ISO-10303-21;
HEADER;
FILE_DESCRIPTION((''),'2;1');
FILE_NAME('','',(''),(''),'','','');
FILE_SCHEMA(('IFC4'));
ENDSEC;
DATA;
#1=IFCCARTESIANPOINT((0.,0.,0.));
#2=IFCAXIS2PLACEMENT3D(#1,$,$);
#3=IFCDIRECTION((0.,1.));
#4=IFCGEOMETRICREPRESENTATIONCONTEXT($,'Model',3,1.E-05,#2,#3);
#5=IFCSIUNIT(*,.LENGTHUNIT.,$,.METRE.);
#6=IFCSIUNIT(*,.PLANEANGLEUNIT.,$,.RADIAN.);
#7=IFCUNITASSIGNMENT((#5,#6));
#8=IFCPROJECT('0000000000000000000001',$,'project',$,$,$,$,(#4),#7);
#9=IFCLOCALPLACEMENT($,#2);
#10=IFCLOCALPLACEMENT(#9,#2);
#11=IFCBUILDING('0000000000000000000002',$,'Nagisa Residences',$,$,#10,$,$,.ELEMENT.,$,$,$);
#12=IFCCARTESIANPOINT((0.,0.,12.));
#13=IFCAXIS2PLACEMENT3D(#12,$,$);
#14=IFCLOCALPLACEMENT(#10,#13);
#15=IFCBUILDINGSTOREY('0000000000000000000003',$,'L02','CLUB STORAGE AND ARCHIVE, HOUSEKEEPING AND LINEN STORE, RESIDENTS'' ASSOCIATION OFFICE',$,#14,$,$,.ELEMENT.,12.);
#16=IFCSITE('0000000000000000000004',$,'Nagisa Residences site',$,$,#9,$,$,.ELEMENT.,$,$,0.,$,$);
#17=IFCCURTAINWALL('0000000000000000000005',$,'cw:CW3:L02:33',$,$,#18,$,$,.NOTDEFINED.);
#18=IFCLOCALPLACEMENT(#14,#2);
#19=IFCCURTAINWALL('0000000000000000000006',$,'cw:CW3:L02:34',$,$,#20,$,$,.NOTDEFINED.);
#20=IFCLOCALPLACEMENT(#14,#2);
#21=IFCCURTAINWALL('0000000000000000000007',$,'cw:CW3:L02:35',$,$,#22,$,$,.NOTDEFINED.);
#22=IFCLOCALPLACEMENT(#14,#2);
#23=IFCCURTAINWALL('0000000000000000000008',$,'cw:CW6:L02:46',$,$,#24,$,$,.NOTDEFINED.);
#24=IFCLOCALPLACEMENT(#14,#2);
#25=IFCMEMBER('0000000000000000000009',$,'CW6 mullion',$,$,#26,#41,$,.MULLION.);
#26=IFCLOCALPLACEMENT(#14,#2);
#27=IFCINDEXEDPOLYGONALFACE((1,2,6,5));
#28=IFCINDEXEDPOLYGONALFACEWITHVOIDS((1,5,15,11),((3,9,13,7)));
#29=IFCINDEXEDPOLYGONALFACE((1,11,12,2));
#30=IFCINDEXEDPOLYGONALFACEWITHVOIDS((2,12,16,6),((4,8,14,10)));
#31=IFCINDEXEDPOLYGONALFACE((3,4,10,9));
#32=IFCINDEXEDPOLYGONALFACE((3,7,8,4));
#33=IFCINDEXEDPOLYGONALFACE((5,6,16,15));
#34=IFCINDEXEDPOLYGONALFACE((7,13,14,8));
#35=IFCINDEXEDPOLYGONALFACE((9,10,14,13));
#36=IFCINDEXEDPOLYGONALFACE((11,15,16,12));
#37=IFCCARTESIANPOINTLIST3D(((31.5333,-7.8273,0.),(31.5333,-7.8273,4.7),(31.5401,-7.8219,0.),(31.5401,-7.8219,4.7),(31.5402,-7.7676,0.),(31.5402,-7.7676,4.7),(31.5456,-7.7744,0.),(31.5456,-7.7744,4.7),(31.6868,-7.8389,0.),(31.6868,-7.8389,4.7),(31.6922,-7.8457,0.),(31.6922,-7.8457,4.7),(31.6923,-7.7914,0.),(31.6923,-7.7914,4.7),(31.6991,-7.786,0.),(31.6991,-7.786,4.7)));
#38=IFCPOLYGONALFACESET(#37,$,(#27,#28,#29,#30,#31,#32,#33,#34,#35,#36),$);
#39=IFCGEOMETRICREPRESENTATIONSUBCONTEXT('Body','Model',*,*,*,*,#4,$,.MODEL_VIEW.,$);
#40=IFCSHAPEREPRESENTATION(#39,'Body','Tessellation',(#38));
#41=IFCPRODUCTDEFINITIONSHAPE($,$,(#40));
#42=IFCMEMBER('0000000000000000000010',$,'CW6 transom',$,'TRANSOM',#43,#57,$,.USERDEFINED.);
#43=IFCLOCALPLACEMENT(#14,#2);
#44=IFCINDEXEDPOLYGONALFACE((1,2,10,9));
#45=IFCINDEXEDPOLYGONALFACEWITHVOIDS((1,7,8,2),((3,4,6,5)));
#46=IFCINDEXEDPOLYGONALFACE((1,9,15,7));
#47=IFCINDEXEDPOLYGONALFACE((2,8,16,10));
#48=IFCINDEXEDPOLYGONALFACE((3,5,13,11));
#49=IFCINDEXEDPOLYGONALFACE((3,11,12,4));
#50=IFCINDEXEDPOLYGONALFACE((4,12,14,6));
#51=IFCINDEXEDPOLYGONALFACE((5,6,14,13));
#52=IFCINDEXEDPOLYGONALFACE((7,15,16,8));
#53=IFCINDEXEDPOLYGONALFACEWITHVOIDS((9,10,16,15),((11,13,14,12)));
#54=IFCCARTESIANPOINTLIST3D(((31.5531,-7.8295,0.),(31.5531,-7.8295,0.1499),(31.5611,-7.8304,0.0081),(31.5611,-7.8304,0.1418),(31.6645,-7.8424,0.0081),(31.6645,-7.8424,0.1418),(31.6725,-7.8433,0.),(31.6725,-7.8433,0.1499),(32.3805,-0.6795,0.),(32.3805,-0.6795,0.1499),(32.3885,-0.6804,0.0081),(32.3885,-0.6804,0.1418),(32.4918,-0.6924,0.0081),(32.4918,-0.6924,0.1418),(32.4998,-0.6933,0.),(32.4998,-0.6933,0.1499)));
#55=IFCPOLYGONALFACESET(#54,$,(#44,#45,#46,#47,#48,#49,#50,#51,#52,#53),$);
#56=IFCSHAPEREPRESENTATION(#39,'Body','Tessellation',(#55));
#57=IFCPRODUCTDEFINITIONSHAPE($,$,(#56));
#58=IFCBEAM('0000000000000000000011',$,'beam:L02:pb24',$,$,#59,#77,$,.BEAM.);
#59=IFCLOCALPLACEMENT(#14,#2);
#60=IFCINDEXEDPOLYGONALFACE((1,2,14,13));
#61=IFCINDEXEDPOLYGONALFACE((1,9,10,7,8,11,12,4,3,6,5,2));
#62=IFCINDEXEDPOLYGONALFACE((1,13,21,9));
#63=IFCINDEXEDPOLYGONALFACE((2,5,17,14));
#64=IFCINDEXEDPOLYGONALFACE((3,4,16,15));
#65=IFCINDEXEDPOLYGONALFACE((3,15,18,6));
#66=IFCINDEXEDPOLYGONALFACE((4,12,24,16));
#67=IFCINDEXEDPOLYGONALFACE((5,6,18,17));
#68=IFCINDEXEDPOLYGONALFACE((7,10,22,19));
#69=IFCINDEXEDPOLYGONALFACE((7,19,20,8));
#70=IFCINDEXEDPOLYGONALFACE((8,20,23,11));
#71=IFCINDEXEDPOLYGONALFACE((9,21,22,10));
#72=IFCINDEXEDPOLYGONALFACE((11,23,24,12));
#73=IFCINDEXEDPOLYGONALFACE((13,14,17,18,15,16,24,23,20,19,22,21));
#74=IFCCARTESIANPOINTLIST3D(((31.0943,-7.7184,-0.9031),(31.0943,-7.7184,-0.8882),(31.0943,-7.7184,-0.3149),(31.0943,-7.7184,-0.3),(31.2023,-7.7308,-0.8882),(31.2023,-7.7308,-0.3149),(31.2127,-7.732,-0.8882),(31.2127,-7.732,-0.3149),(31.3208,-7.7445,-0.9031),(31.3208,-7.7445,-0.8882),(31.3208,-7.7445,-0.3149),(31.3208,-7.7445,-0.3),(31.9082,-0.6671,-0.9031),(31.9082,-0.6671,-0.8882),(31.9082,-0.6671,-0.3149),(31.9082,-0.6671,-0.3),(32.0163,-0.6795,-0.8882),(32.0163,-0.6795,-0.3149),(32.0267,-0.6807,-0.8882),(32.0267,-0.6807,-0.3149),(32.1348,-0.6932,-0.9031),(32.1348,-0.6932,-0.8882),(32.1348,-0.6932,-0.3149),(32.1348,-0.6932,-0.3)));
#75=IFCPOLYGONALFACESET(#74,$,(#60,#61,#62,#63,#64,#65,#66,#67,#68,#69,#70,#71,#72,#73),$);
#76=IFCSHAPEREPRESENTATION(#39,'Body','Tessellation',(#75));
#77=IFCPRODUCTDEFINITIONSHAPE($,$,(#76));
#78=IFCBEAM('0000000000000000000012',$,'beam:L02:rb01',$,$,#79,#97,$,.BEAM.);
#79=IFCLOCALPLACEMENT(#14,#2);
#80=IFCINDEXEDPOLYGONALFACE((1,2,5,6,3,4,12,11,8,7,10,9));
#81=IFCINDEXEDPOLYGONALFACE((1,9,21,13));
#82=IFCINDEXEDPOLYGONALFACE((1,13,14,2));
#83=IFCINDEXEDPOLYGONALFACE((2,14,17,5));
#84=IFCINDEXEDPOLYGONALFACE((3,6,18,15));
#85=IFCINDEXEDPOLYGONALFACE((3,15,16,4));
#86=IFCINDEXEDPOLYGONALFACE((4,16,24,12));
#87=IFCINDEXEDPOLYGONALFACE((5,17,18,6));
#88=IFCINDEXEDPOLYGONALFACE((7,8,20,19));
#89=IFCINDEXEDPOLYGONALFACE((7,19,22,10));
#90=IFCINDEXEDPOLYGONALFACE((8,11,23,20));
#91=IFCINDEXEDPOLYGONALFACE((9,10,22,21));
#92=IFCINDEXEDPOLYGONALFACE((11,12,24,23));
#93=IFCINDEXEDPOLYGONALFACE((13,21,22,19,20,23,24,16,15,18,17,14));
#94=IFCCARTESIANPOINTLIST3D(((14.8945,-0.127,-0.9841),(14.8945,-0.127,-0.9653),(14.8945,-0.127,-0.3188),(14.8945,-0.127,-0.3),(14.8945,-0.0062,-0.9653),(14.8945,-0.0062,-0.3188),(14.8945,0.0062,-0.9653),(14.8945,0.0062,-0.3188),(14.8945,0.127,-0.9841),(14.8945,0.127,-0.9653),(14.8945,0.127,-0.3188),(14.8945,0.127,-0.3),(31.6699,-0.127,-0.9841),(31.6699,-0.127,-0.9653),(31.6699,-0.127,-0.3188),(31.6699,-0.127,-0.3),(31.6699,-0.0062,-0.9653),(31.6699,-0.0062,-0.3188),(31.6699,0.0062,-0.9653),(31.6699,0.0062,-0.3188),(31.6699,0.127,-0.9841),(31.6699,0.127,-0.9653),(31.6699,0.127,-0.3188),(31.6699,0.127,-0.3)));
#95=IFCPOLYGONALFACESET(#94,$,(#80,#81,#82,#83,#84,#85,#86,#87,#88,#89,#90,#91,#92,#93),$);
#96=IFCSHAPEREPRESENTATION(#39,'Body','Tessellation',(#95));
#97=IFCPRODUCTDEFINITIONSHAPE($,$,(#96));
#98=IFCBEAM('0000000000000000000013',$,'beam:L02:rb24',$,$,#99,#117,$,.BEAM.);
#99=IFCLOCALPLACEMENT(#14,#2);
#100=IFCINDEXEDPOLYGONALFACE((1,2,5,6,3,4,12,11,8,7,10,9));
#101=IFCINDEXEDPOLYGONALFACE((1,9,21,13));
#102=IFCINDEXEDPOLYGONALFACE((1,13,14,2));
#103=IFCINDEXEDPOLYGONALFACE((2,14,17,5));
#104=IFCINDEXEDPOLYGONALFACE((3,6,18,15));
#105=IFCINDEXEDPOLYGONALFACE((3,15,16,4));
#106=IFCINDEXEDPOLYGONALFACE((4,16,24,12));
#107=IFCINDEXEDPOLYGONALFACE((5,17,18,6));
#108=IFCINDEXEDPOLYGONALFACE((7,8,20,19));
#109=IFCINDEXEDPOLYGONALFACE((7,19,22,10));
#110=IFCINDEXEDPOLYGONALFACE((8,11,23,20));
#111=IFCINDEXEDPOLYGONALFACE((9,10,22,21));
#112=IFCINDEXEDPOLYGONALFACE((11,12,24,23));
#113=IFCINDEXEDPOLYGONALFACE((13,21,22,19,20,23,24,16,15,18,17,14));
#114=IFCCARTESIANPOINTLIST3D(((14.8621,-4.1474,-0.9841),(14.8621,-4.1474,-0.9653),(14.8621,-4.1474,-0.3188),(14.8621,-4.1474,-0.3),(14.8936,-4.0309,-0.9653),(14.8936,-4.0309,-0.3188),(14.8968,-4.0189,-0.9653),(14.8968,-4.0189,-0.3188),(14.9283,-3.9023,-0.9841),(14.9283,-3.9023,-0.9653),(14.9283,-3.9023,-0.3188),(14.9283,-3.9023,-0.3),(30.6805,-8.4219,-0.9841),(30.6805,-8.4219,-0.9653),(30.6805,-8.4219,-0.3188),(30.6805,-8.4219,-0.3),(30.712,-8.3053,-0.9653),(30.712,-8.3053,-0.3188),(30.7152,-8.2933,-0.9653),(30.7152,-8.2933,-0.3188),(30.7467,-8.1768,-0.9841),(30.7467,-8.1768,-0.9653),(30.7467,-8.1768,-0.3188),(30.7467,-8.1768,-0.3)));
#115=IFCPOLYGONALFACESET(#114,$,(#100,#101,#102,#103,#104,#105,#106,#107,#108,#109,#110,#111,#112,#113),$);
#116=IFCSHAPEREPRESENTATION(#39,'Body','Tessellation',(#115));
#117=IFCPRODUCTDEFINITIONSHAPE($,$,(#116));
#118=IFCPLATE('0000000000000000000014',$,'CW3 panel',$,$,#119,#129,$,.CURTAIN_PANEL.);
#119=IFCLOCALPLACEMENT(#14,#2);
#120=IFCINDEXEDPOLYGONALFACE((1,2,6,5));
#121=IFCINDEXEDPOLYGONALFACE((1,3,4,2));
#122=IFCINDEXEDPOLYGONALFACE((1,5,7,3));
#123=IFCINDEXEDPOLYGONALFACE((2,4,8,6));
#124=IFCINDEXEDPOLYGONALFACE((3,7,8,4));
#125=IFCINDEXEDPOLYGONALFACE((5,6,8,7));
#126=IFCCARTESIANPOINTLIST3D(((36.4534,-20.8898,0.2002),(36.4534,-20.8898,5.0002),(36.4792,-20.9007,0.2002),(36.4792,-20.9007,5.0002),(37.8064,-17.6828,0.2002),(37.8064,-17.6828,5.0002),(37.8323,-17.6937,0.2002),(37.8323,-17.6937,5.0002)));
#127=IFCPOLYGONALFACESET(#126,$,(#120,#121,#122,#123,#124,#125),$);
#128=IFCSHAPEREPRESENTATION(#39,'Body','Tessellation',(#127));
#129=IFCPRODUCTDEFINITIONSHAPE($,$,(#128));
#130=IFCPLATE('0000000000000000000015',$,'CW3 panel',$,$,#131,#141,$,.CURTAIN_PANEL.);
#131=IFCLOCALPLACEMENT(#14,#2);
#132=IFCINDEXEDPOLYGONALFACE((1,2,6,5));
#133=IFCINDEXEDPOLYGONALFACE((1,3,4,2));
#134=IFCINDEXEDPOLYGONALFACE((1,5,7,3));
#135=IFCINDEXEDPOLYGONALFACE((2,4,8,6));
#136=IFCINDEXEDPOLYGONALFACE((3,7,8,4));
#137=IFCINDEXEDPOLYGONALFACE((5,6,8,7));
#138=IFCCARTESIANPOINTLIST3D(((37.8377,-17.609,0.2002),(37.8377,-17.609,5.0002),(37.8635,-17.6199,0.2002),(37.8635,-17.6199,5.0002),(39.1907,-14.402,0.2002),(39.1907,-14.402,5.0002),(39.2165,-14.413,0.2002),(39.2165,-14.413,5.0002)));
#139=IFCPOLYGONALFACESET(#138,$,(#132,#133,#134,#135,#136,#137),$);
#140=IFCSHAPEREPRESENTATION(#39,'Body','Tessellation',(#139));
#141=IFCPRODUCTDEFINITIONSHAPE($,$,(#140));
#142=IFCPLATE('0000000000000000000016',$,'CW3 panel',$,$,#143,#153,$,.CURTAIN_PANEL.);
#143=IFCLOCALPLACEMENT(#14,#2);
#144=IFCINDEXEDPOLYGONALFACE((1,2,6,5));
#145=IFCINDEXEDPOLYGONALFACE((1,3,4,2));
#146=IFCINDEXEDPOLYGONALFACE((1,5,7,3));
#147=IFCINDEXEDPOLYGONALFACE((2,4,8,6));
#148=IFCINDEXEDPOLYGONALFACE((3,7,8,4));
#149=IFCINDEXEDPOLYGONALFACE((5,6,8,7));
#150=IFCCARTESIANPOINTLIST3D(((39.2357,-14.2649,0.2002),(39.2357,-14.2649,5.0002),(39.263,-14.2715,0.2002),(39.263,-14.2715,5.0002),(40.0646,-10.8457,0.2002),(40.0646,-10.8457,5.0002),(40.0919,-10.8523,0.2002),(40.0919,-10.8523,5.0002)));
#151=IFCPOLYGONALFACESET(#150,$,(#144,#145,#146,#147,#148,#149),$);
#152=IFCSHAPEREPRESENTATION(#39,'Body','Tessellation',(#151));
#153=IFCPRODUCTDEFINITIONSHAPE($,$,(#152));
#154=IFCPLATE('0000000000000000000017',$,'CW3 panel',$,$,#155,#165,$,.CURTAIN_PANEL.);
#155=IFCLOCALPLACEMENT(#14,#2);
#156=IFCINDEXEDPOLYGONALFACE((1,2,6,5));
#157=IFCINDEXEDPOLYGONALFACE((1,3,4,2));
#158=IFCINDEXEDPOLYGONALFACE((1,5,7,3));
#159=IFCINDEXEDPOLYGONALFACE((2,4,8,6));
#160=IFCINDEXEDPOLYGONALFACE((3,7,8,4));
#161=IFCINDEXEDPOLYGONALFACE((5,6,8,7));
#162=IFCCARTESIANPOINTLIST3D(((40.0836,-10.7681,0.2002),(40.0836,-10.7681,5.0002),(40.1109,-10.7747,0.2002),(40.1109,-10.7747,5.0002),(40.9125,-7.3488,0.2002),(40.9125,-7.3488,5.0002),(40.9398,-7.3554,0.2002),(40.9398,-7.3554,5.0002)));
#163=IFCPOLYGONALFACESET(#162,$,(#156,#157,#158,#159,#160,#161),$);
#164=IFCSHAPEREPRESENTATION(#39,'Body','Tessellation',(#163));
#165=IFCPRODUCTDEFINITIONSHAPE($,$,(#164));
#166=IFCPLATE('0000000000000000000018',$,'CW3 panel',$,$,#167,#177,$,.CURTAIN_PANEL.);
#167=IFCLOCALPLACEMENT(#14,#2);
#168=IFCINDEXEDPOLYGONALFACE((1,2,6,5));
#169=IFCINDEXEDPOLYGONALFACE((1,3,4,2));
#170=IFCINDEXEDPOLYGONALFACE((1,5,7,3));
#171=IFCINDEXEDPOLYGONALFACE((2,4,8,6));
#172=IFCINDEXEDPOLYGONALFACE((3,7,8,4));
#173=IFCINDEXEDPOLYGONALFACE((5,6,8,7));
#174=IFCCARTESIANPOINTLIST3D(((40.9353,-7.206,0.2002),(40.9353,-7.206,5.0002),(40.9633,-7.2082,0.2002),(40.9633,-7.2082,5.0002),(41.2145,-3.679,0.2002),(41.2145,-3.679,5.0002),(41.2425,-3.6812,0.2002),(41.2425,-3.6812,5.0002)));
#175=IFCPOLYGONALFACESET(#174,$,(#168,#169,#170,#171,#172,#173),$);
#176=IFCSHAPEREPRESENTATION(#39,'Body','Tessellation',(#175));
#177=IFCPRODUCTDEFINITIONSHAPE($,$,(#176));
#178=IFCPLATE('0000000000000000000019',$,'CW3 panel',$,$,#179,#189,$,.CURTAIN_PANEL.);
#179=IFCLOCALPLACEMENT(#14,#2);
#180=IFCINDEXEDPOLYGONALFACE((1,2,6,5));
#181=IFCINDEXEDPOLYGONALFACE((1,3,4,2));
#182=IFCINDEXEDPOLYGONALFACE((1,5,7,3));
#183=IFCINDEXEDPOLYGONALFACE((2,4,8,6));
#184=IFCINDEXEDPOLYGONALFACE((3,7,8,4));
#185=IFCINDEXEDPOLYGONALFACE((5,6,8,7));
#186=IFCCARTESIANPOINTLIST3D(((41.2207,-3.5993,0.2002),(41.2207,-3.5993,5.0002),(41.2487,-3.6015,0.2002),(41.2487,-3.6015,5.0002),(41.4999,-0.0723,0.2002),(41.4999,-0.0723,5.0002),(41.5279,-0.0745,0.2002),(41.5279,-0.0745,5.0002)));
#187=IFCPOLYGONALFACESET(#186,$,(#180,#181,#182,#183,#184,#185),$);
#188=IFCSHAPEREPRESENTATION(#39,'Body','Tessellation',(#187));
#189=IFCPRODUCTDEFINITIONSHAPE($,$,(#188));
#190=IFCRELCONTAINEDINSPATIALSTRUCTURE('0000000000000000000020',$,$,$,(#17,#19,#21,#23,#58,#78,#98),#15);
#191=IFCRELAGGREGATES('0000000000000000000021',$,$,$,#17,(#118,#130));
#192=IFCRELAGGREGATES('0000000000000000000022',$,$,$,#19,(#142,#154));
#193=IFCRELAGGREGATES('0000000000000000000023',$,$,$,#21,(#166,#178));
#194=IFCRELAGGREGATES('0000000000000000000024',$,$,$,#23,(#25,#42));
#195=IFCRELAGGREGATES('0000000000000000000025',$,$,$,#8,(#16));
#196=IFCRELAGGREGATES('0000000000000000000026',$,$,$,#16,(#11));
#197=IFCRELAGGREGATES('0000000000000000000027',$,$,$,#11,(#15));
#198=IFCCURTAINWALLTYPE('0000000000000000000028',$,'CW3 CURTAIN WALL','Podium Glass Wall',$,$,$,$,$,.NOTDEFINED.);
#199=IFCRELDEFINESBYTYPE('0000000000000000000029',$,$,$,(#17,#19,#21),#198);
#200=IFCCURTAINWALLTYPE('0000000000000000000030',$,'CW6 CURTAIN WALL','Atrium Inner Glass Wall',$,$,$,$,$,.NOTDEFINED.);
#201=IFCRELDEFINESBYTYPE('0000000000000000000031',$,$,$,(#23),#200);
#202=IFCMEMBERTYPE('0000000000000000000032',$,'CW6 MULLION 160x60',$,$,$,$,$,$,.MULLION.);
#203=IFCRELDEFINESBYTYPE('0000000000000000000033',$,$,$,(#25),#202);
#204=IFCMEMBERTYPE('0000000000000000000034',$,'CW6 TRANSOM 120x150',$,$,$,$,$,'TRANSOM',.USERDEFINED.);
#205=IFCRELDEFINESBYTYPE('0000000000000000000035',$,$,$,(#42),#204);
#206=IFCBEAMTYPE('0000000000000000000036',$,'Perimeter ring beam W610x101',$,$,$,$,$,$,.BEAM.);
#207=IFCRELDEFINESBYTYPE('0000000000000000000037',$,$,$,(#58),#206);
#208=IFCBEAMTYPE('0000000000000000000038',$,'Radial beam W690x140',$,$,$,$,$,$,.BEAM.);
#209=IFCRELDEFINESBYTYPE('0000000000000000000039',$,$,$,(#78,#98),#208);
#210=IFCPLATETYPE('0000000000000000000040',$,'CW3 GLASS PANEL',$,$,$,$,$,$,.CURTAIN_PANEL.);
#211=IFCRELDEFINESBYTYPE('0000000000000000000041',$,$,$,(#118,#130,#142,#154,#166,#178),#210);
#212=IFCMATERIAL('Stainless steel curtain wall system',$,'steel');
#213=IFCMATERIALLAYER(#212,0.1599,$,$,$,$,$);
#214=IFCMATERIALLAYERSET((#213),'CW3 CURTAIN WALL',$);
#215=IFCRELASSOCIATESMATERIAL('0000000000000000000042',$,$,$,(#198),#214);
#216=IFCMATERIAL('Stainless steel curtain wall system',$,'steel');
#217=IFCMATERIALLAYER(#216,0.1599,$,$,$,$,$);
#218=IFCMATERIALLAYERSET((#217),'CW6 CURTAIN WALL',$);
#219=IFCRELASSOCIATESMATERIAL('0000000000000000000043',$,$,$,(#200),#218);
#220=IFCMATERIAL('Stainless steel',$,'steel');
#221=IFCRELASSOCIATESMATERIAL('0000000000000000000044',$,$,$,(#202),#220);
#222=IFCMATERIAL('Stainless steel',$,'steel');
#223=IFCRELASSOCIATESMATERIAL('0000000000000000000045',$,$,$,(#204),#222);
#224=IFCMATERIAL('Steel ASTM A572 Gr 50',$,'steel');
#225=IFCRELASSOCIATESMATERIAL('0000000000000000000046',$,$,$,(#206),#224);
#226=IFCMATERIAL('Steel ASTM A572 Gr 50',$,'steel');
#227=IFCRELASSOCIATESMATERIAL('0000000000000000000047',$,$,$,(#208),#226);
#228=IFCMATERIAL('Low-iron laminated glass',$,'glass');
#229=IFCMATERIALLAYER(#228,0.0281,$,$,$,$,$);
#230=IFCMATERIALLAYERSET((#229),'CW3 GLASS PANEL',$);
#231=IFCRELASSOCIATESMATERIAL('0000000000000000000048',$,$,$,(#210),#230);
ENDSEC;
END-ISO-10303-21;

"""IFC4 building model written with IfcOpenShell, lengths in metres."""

from ifc_helpers import new_model, si_unit, direction, frame, origin, origin_2d, place, context, subcontext, project, spatial, rectangle, hollow_rectangle, i_section, extrude, material, layer, layer_set, material_profile, profile_set, type_object, element, aggregate, save


model = new_model("IFC4")

# Units and contexts
model_context = context("Model", 3, precision=1e-05, world=origin(), true_north=direction((0.0, 1.0)))
body_context = subcontext(model_context, "Body", "Model", "MODEL_VIEW")
ifc_project = project(units=[si_unit("LENGTHUNIT", "METRE"), si_unit("PLANEANGLEUNIT", "RADIAN")], contexts=[model_context])

# Site, building, storey
site_placement = place(None, origin())
site = spatial("IfcSite", under=ifc_project, at=site_placement, Name="Nagisa Residences site", CompositionType="ELEMENT", RefElevation=0.0)
building_placement = place(site_placement, origin())
building = spatial("IfcBuilding", under=site, at=building_placement, Name="Nagisa Residences", CompositionType="ELEMENT")
storey_placement = place(building_placement, frame((0.0, 0.0, 12.0)))
storey = spatial("IfcBuildingStorey", under=building, at=storey_placement, Name="L02", Description="CLUB STORAGE AND ARCHIVE, HOUSEKEEPING AND LINEN STORE, RESIDENTS' ASSOCIATION OFFICE", CompositionType="ELEMENT", Elevation=12.0)

# Shared definitions
ifc_material_1 = material(Name="Stainless steel curtain wall system", Category="steel")
ifc_layer_1 = layer(ifc_material_1, 0.1599)
ifc_layer_set_1 = layer_set([ifc_layer_1], Name="CW3 CURTAIN WALL")
curtain_wall_type_1 = type_object("IfcCurtainWallType", Name="CW3 CURTAIN WALL", Description="Podium Glass Wall", PredefinedType="NOTDEFINED", material=ifc_layer_set_1)

# Curtain walls
curtain_wall_1_placement = place(storey_placement, origin())
curtain_wall_1 = element("IfcCurtainWall", 1, at=curtain_wall_1_placement, inside=storey, type_object=curtain_wall_type_1, Name="cw:CW3:L02:33", PredefinedType="NOTDEFINED")
curtain_wall_2_placement = place(storey_placement, origin())
curtain_wall_2 = element("IfcCurtainWall", 2, at=curtain_wall_2_placement, inside=storey, type_object=curtain_wall_type_1, Name="cw:CW3:L02:34", PredefinedType="NOTDEFINED")
curtain_wall_3_placement = place(storey_placement, origin())
curtain_wall_3 = element("IfcCurtainWall", 3, at=curtain_wall_3_placement, inside=storey, type_object=curtain_wall_type_1, Name="cw:CW3:L02:35", PredefinedType="NOTDEFINED")

# Curtain wall, members
ifc_material_2 = material(Name="Stainless steel curtain wall system", Category="steel")
ifc_layer_2 = layer(ifc_material_2, 0.1599)
ifc_layer_set_2 = layer_set([ifc_layer_2], Name="CW6 CURTAIN WALL")
curtain_wall_type_2 = type_object("IfcCurtainWallType", Name="CW6 CURTAIN WALL", Description="Atrium Inner Glass Wall", PredefinedType="NOTDEFINED", material=ifc_layer_set_2)
curtain_wall_4_placement = place(storey_placement, origin())
curtain_wall_4 = element("IfcCurtainWall", 4, at=curtain_wall_4_placement, inside=storey, type_object=curtain_wall_type_2, Name="cw:CW6:L02:46", PredefinedType="NOTDEFINED")
ifc_material_3 = material(Name="Stainless steel", Category="steel")
ifc_material_profile_1 = material_profile(ifc_material_3, hollow_rectangle(XDim=0.1599, YDim=0.0601, WallThickness=0.0061, at=origin_2d()), Name="CW6 MULLION 160x60")
ifc_profile_set_1 = profile_set([ifc_material_profile_1], Name="Stainless steel")
member_type_1 = type_object("IfcMemberType", Name="CW6 MULLION 160x60", PredefinedType="MULLION", material=ifc_profile_set_1)
member_1_placement = place(storey_placement, frame((31.6162, -7.8066, 0.0), z_axis=(0.0, 0.0, 1.0), x_axis=(-0.993374, 0.114928, 0.0)))
member_1 = element("IfcMember", 5, at=member_1_placement, type_object=member_type_1, Name="CW6 mullion", PredefinedType="MULLION", context=body_context, shape_type="SweptSolid", body=[
    extrude(hollow_rectangle(XDim=0.1599, YDim=0.0601, WallThickness=0.0061, at=origin_2d()), origin(), (0.0, 0.0, 1.0), 4.7),
])
ifc_material_4 = material(Name="Stainless steel", Category="steel")
ifc_material_profile_2 = material_profile(ifc_material_4, hollow_rectangle(XDim=0.1201, YDim=0.1499, WallThickness=0.0081, at=origin_2d()), Name="CW6 TRANSOM 120x150")
ifc_profile_set_2 = profile_set([ifc_material_profile_2], Name="Stainless steel")
member_type_2 = type_object("IfcMemberType", Name="CW6 TRANSOM 120x150", ElementType="TRANSOM", PredefinedType="USERDEFINED", material=ifc_profile_set_2)
member_2_placement = place(storey_placement, frame((31.6128, -7.8364, 0.075), z_axis=(0.11495, 0.993371, 0.0), x_axis=(-0.993371, 0.11495, 0.0)))
member_2 = element("IfcMember", 6, at=member_2_placement, type_object=member_type_2, Name="CW6 transom", ObjectType="TRANSOM", PredefinedType="USERDEFINED", context=body_context, shape_type="SweptSolid", body=[
    extrude(hollow_rectangle(XDim=0.1201, YDim=0.1499, WallThickness=0.0081, at=origin_2d()), origin(), (0.0, 0.0, 1.0), 7.1978),
])

# Beams
ifc_material_5 = material(Name="Steel ASTM A572 Gr 50", Category="steel")
ifc_material_profile_3 = material_profile(ifc_material_5, i_section(OverallWidth=0.228, OverallDepth=0.603, WebThickness=0.0105, FlangeThickness=0.0149, at=origin_2d()), Name="W610x101")
ifc_profile_set_3 = profile_set([ifc_material_profile_3], Name="Steel ASTM A572 Gr 50")
beam_type_1 = type_object("IfcBeamType", Name="Perimeter ring beam W610x101", PredefinedType="BEAM", material=ifc_profile_set_3)
beam_1_placement = place(storey_placement, frame((31.2075, -7.7314, -0.6016), z_axis=(0.114674, 0.993403, 0.0), x_axis=(-0.993403, 0.114674, 0.0)))
element("IfcBeam", 7, at=beam_1_placement, inside=storey, type_object=beam_type_1, Name="beam:L02:pb24", PredefinedType="BEAM", context=body_context, shape_type="SweptSolid", body=[
    extrude(i_section(OverallWidth=0.228, OverallDepth=0.603, WebThickness=0.0105, FlangeThickness=0.0149, at=origin_2d()), origin(), (0.0, 0.0, 1.0), 7.0981),
])
ifc_material_6 = material(Name="Steel ASTM A572 Gr 50", Category="steel")
ifc_material_profile_4 = material_profile(ifc_material_6, i_section(OverallWidth=0.2539, OverallDepth=0.6841, WebThickness=0.0125, FlangeThickness=0.0188, at=origin_2d()), Name="W690x140")
ifc_profile_set_4 = profile_set([ifc_material_profile_4], Name="Steel ASTM A572 Gr 50")
beam_type_2 = type_object("IfcBeamType", Name="Radial beam W690x140", PredefinedType="BEAM", material=ifc_profile_set_4)
beam_2_placement = place(storey_placement, frame((31.6699, 0.0, -0.6421), z_axis=(-1.0, 0.0, 0.0), x_axis=(0.0, -1.0, 0.0)))
element("IfcBeam", 8, at=beam_2_placement, inside=storey, type_object=beam_type_2, Name="beam:L02:rb01", PredefinedType="BEAM", context=body_context, shape_type="SweptSolid", body=[
    extrude(i_section(OverallWidth=0.2539, OverallDepth=0.6841, WebThickness=0.0125, FlangeThickness=0.0188, at=origin_2d()), origin(), (0.0, 0.0, 1.0), 16.7754),
])
beam_3_placement = place(storey_placement, frame((30.7136, -8.2993, -0.6421), z_axis=(-0.965376, 0.260862, 0.0), x_axis=(-0.260862, -0.965376, 0.0)))
element("IfcBeam", 9, at=beam_3_placement, inside=storey, type_object=beam_type_2, Name="beam:L02:rb24", PredefinedType="BEAM", context=body_context, shape_type="SweptSolid", body=[
    extrude(i_section(OverallWidth=0.2539, OverallDepth=0.6841, WebThickness=0.0125, FlangeThickness=0.0188, at=origin_2d()), origin(), (0.0, 0.0, 1.0), 16.3857),
])

# Plates
ifc_material_7 = material(Name="Low-iron laminated glass", Category="glass")
ifc_layer_3 = layer(ifc_material_7, 0.0281)
ifc_layer_set_3 = layer_set([ifc_layer_3], Name="CW3 GLASS PANEL")
plate_type_1 = type_object("IfcPlateType", Name="CW3 GLASS PANEL", PredefinedType="CURTAIN_PANEL", material=ifc_layer_set_3)
plate_1_placement = place(storey_placement, frame((37.1428, -19.2917, 0.2002), z_axis=(0.0, 0.0, 1.0), x_axis=(0.388718, 0.921357, 0.0)))
plate_1 = element("IfcPlate", 10, at=plate_1_placement, type_object=plate_type_1, Name="CW3 panel", PredefinedType="CURTAIN_PANEL", context=body_context, shape_type="SweptSolid", body=[
    extrude(rectangle(XDim=3.4807, YDim=0.0281, at=origin_2d()), origin(), (0.0, 0.0, 1.0), 4.8),
])
plate_2_placement = place(storey_placement, frame((38.5271, -16.011, 0.2002), z_axis=(0.0, 0.0, 1.0), x_axis=(0.388718, 0.921357, 0.0)))
plate_2 = element("IfcPlate", 11, at=plate_2_placement, type_object=plate_type_1, Name="CW3 panel", PredefinedType="CURTAIN_PANEL", context=body_context, shape_type="SweptSolid", body=[
    extrude(rectangle(XDim=3.4807, YDim=0.0281, at=origin_2d()), origin(), (0.0, 0.0, 1.0), 4.8),
])
aggregate(curtain_wall_1, [plate_1, plate_2])
plate_3_placement = place(storey_placement, frame((39.6638, -12.5586, 0.2002), z_axis=(0.0, 0.0, 1.0), x_axis=(0.235606, 0.971849, 0.0)))
plate_3 = element("IfcPlate", 12, at=plate_3_placement, type_object=plate_type_1, Name="CW3 panel", PredefinedType="CURTAIN_PANEL", context=body_context, shape_type="SweptSolid", body=[
    extrude(rectangle(XDim=3.5183, YDim=0.0281, at=origin_2d()), origin(), (0.0, 0.0, 1.0), 4.8),
])
plate_4_placement = place(storey_placement, frame((40.5117, -9.0618, 0.2002), z_axis=(0.0, 0.0, 1.0), x_axis=(0.235606, 0.971849, 0.0)))
plate_4 = element("IfcPlate", 13, at=plate_4_placement, type_object=plate_type_1, Name="CW3 panel", PredefinedType="CURTAIN_PANEL", context=body_context, shape_type="SweptSolid", body=[
    extrude(rectangle(XDim=3.5183, YDim=0.0281, at=origin_2d()), origin(), (0.0, 0.0, 1.0), 4.8),
])
aggregate(curtain_wall_2, [plate_3, plate_4])
plate_5_placement = place(storey_placement, frame((41.0889, -5.4436, 0.2002), z_axis=(0.0, 0.0, 1.0), x_axis=(0.07891, 0.996882, 0.0)))
plate_5 = element("IfcPlate", 14, at=plate_5_placement, type_object=plate_type_1, Name="CW3 panel", PredefinedType="CURTAIN_PANEL", context=body_context, shape_type="SweptSolid", body=[
    extrude(rectangle(XDim=3.5381, YDim=0.0281, at=origin_2d()), origin(), (0.0, 0.0, 1.0), 4.8),
])
plate_6_placement = place(storey_placement, frame((41.3743, -1.8369, 0.2002), z_axis=(0.0, 0.0, 1.0), x_axis=(0.07891, 0.996882, 0.0)))
plate_6 = element("IfcPlate", 15, at=plate_6_placement, type_object=plate_type_1, Name="CW3 panel", PredefinedType="CURTAIN_PANEL", context=body_context, shape_type="SweptSolid", body=[
    extrude(rectangle(XDim=3.5381, YDim=0.0281, at=origin_2d()), origin(), (0.0, 0.0, 1.0), 4.8),
])
aggregate(curtain_wall_3, [plate_5, plate_6])

aggregate(curtain_wall_4, [member_1, member_2])

save(model, "model.ifc")
